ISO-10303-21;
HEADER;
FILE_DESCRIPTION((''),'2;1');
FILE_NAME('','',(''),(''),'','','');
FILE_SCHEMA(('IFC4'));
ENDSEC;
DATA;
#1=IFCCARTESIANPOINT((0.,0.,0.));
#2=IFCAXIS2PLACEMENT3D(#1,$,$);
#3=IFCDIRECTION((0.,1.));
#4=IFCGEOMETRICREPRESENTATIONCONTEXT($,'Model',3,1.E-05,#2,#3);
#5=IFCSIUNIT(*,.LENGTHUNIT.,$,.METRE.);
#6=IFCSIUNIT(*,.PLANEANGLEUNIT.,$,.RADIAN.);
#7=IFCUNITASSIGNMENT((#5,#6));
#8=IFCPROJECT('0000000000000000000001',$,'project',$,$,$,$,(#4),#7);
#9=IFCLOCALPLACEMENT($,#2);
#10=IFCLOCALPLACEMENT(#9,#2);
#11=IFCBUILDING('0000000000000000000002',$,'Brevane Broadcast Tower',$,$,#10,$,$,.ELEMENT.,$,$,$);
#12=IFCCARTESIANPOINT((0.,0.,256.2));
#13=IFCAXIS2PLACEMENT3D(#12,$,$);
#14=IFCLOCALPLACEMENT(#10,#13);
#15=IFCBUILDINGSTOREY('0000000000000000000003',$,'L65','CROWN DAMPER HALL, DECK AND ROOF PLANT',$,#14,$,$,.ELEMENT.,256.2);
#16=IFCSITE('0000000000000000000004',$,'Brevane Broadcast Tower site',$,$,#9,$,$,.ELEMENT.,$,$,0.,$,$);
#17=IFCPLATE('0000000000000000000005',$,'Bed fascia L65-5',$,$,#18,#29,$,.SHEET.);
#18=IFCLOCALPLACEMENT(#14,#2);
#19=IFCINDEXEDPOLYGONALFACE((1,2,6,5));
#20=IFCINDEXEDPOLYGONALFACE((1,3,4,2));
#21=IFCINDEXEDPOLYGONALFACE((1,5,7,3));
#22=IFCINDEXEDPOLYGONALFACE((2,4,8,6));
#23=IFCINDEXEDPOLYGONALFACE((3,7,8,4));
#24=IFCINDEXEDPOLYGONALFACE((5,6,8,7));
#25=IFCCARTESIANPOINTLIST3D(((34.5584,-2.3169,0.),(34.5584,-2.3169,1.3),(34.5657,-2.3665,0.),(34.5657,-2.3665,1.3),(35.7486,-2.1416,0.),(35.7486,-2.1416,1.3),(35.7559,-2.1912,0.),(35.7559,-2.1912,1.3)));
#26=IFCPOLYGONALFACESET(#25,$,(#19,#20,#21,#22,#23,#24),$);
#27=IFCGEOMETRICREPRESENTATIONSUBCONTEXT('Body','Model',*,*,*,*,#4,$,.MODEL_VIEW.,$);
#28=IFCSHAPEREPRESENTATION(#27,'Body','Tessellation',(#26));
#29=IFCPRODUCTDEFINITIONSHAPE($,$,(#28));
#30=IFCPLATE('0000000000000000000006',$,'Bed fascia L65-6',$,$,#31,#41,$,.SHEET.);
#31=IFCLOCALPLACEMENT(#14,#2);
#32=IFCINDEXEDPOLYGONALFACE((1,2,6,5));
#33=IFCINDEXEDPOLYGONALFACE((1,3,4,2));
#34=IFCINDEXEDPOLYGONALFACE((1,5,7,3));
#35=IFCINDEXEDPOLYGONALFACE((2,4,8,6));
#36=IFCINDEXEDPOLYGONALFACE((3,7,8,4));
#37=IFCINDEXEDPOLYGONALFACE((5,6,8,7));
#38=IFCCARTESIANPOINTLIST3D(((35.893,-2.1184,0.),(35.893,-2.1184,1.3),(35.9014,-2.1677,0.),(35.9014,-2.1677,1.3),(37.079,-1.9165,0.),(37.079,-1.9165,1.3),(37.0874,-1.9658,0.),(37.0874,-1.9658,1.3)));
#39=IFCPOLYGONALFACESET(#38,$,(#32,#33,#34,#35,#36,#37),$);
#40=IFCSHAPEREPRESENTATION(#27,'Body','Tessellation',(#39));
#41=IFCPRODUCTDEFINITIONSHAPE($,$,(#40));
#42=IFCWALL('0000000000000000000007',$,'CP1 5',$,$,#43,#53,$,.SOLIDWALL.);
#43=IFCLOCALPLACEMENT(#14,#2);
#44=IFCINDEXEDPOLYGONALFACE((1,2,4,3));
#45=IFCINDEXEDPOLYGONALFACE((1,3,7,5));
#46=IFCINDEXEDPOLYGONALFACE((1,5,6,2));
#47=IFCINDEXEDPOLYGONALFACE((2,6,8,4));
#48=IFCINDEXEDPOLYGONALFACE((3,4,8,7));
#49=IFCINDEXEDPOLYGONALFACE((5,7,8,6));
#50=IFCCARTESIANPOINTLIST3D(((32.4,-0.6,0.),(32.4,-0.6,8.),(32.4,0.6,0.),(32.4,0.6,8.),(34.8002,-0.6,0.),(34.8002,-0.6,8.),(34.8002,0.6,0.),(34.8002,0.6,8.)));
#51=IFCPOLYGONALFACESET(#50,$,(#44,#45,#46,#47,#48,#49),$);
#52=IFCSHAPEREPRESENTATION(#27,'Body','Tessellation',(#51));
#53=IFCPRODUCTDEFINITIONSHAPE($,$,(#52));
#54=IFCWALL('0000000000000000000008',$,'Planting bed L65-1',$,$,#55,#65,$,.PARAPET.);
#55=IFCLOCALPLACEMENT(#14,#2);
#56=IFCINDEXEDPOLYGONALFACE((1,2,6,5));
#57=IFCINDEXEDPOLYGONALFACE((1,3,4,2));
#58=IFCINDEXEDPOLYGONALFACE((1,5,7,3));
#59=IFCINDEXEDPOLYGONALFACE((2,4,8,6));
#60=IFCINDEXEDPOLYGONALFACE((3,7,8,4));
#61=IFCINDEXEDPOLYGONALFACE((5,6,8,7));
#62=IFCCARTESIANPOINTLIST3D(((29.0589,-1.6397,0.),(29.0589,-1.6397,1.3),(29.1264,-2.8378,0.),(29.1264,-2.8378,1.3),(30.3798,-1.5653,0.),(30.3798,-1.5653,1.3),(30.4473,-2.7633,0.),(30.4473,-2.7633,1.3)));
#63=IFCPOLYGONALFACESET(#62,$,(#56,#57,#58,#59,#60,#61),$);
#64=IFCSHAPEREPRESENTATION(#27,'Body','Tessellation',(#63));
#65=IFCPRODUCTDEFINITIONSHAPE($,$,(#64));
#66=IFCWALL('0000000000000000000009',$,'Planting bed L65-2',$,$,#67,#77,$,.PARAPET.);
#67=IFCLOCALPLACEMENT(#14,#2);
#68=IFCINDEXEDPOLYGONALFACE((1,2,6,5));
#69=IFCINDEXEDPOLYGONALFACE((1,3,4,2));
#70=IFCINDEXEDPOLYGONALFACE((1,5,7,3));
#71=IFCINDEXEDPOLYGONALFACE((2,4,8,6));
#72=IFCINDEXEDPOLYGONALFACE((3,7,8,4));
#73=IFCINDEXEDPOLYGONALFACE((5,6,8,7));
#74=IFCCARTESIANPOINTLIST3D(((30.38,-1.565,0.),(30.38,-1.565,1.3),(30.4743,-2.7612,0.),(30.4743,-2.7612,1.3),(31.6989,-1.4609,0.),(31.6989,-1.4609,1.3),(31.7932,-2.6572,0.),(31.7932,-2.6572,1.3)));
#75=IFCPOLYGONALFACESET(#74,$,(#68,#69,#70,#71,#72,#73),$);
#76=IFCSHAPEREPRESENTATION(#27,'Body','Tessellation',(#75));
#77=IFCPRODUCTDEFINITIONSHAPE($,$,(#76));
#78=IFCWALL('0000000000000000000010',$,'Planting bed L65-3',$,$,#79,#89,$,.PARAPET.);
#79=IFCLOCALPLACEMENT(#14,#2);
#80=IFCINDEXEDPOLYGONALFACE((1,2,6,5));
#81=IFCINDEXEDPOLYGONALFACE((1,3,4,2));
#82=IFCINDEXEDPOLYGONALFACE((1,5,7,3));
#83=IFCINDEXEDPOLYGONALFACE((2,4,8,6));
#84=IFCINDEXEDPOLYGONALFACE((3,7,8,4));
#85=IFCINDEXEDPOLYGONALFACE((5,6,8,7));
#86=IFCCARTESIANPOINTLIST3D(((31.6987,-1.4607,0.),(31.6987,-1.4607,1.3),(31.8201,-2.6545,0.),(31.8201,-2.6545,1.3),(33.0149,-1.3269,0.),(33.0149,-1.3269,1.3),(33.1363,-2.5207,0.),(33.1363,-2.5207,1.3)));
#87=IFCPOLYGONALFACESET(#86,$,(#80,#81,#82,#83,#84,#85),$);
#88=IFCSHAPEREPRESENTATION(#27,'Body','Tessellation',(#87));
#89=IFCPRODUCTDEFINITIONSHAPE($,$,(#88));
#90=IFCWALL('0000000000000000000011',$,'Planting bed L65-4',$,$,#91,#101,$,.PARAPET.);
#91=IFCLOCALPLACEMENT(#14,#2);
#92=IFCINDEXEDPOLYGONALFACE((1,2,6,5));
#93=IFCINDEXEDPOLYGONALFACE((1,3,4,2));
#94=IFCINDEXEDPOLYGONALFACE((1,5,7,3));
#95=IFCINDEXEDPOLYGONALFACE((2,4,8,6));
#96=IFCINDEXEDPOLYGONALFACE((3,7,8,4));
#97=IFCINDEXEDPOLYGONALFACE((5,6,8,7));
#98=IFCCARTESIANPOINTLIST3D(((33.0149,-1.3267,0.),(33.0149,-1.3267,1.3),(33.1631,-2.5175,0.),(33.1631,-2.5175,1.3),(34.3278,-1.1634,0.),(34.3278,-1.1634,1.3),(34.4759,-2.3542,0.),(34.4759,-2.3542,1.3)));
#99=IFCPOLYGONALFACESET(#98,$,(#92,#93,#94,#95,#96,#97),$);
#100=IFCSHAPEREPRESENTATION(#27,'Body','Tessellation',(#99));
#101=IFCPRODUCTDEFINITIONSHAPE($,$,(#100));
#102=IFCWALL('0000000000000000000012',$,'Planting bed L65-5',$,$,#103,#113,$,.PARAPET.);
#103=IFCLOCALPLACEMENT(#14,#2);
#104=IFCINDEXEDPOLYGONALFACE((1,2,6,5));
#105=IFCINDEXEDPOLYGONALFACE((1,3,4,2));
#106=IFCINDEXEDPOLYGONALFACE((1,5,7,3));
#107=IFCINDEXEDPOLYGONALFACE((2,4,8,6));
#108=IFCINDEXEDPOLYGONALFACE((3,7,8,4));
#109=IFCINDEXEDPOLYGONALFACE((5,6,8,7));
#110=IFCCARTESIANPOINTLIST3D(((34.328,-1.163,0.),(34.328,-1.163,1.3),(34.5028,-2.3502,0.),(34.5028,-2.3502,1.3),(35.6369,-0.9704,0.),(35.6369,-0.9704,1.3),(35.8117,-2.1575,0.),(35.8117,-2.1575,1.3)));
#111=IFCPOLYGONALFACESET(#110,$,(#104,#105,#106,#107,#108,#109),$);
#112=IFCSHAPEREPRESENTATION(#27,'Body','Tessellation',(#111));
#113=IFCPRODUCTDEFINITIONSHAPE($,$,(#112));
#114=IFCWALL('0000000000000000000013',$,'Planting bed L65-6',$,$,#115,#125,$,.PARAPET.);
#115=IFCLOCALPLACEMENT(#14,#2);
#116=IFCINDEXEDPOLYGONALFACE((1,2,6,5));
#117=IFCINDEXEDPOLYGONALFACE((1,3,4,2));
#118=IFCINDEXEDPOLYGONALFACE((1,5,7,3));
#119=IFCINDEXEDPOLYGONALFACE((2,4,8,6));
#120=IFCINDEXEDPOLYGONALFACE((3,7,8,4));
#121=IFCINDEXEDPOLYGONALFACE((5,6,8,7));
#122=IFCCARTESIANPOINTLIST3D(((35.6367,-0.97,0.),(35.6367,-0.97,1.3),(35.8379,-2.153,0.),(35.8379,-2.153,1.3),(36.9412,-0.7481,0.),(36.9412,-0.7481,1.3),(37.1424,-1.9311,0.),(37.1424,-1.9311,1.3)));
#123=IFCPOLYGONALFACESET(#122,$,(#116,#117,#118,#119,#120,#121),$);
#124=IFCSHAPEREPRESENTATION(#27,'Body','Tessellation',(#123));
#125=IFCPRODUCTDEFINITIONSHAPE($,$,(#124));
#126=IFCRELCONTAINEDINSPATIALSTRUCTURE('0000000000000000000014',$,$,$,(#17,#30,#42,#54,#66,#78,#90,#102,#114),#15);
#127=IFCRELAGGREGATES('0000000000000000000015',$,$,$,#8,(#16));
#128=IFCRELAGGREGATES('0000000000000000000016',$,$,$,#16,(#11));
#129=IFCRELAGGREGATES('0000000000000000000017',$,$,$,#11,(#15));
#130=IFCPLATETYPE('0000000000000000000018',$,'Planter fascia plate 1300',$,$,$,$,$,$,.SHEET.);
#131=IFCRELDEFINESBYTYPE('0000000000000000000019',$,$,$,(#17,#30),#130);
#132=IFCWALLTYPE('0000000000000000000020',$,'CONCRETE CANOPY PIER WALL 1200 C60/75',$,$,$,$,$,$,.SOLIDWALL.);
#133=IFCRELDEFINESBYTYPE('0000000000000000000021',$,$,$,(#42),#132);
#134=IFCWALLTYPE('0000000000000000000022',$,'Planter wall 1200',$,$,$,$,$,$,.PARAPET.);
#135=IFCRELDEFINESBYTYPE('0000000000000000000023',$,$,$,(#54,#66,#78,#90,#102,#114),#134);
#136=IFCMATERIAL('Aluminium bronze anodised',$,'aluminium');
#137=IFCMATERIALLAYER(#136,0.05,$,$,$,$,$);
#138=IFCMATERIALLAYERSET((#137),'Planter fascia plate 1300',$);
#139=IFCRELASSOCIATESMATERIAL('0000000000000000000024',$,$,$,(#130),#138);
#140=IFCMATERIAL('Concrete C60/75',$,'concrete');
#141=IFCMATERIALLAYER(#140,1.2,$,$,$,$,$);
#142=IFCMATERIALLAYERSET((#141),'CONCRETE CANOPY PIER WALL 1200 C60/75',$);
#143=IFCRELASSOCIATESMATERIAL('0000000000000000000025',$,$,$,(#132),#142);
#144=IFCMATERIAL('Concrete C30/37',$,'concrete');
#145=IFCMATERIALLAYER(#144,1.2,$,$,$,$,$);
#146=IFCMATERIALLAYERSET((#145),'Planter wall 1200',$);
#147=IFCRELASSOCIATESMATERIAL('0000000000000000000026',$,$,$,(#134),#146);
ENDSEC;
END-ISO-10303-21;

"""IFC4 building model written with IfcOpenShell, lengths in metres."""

from ifc_helpers import new_model, si_unit, direction, frame, frame_2d, origin, place, context, subcontext, project, spatial, polyline, rectangle, outline, extrude, material, layer, layer_set, type_object, element, save


model = new_model("IFC4")

# Units and contexts
model_context = context("Model", 3, precision=1e-05, world=origin(), true_north=direction((0.0, 1.0)))
body_context = subcontext(model_context, "Body", "Model", "MODEL_VIEW")
ifc_project = project(units=[si_unit("LENGTHUNIT", "METRE"), si_unit("PLANEANGLEUNIT", "RADIAN")], contexts=[model_context])

# Site, building, storey
site_placement = place(None, origin())
site = spatial("IfcSite", under=ifc_project, at=site_placement, Name="Brevane Broadcast Tower site", CompositionType="ELEMENT", RefElevation=0.0)
building_placement = place(site_placement, origin())
building = spatial("IfcBuilding", under=site, at=building_placement, Name="Brevane Broadcast Tower", CompositionType="ELEMENT")
storey_placement = place(building_placement, frame((0.0, 0.0, 256.2)))
storey = spatial("IfcBuildingStorey", under=building, at=storey_placement, Name="L65", Description="CROWN DAMPER HALL, DECK AND ROOF PLANT", CompositionType="ELEMENT", Elevation=256.2)

# Plates
ifc_material_1 = material(Name="Aluminium bronze anodised", Category="aluminium")
ifc_layer_1 = layer(ifc_material_1, 0.05)
ifc_layer_set_1 = layer_set([ifc_layer_1], Name="Planter fascia plate 1300")
plate_type_1 = type_object("IfcPlateType", Name="Planter fascia plate 1300", PredefinedType="SHEET", material=ifc_layer_set_1)
plate_1_placement = place(storey_placement, frame((34.5657, -2.3665, 0.0), z_axis=(0.14571, -0.989327, 0.0), x_axis=(0.989327, 0.14571, 0.0)))
element("IfcPlate", 1, at=plate_1_placement, inside=storey, type_object=plate_type_1, Name="Bed fascia L65-5", PredefinedType="SHEET", context=body_context, shape_type="SweptSolid", body=[
    extrude(outline(polyline([(0.0, 0.0), (1.203, 0.0), (1.203, 1.3), (0.0, 1.3), (0.0, 0.0)])), origin(), (0.0, 0.0, -1.0), 0.05),
])
plate_2_placement = place(storey_placement, frame((35.9014, -2.1677, 0.0), z_axis=(0.16782, -0.985818, 0.0), x_axis=(0.985818, 0.16782, 0.0)))
element("IfcPlate", 2, at=plate_2_placement, inside=storey, type_object=plate_type_1, Name="Bed fascia L65-6", PredefinedType="SHEET", context=body_context, shape_type="SweptSolid", body=[
    extrude(outline(polyline([(0.0, 0.0), (1.2031, 0.0), (1.2031, 1.3), (0.0, 1.3), (0.0, 0.0)])), origin(), (0.0, 0.0, -1.0), 0.05),
])

# Walls
ifc_material_2 = material(Name="Concrete C60/75", Category="concrete")
ifc_layer_2 = layer(ifc_material_2, 1.2)
ifc_layer_set_2 = layer_set([ifc_layer_2], Name="CONCRETE CANOPY PIER WALL 1200 C60/75")
wall_type_1 = type_object("IfcWallType", Name="CONCRETE CANOPY PIER WALL 1200 C60/75", PredefinedType="SOLIDWALL", material=ifc_layer_set_2)
wall_1_placement = place(storey_placement, frame((32.3999, 0.0, 0.0), z_axis=(0.0, 0.0, 1.0), x_axis=(1.0, 0.0, 0.0)))
element("IfcWall", 3, at=wall_1_placement, inside=storey, type_object=wall_type_1, Name="CP1 5", PredefinedType="SOLIDWALL", context=body_context, shape_type="SweptSolid", body=[
    extrude(rectangle(XDim=2.4001, YDim=1.2, at=frame_2d((1.2002, 0.0))), origin(), (0.0, 0.0, 1.0), 8.0),
])
ifc_material_3 = material(Name="Concrete C30/37", Category="concrete")
ifc_layer_3 = layer(ifc_material_3, 1.2)
ifc_layer_set_3 = layer_set([ifc_layer_3], Name="Planter wall 1200")
wall_type_2 = type_object("IfcWallType", Name="Planter wall 1200", PredefinedType="PARAPET", material=ifc_layer_set_3)
for number, where, z_axis, x_axis, name in (
    (4, (29.0925, -2.2388, 0.0), (0.0, 0.0, 1.0), (0.998415, 0.056288, 0.0), "Planting bed L65-1"),
    (5, (30.427, -2.1631, 0.0), (0.0, 0.0, 1.0), (0.996905, 0.078616, 0.0), "Planting bed L65-2"),
    (6, (31.7593, -2.0576, 0.0), (0.0, 0.0, 1.0), (0.994873, 0.10113, 0.0), "Planting bed L65-3"),
    (7, (33.0889, -1.9221, 0.0), (0.0, 0.0, 1.0), (0.992352, 0.123444, 0.0), "Planting bed L65-4"),
    (8, (34.4153, -1.7566, 0.0), (0.0, 0.0, 1.0), (0.989343, 0.145606, 0.0), "Planting bed L65-5"),
):
    element("IfcWall", number, at=place(storey_placement, frame(where, z_axis=z_axis, x_axis=x_axis)), inside=storey, type_object=wall_type_2, Name=name, PredefinedType="PARAPET", context=body_context, shape_type="SweptSolid", body=[
        extrude(rectangle(XDim=1.323, YDim=1.2, at=frame_2d((0.6616, 0.0))), origin(), (0.0, 0.0, 1.0), 1.3),
    ])
wall_2_placement = place(storey_placement, frame((35.7373, -1.5615, 0.0), z_axis=(0.0, 0.0, 1.0), x_axis=(0.985835, 0.167719, 0.0)))
element("IfcWall", 9, at=wall_2_placement, inside=storey, type_object=wall_type_2, Name="Planting bed L65-6", PredefinedType="PARAPET", context=body_context, shape_type="SweptSolid", body=[
    extrude(rectangle(XDim=1.3232, YDim=1.2, at=frame_2d((0.6616, 0.0))), origin(), (0.0, 0.0, 1.0), 1.3),
])

save(model, "model.ifc")
